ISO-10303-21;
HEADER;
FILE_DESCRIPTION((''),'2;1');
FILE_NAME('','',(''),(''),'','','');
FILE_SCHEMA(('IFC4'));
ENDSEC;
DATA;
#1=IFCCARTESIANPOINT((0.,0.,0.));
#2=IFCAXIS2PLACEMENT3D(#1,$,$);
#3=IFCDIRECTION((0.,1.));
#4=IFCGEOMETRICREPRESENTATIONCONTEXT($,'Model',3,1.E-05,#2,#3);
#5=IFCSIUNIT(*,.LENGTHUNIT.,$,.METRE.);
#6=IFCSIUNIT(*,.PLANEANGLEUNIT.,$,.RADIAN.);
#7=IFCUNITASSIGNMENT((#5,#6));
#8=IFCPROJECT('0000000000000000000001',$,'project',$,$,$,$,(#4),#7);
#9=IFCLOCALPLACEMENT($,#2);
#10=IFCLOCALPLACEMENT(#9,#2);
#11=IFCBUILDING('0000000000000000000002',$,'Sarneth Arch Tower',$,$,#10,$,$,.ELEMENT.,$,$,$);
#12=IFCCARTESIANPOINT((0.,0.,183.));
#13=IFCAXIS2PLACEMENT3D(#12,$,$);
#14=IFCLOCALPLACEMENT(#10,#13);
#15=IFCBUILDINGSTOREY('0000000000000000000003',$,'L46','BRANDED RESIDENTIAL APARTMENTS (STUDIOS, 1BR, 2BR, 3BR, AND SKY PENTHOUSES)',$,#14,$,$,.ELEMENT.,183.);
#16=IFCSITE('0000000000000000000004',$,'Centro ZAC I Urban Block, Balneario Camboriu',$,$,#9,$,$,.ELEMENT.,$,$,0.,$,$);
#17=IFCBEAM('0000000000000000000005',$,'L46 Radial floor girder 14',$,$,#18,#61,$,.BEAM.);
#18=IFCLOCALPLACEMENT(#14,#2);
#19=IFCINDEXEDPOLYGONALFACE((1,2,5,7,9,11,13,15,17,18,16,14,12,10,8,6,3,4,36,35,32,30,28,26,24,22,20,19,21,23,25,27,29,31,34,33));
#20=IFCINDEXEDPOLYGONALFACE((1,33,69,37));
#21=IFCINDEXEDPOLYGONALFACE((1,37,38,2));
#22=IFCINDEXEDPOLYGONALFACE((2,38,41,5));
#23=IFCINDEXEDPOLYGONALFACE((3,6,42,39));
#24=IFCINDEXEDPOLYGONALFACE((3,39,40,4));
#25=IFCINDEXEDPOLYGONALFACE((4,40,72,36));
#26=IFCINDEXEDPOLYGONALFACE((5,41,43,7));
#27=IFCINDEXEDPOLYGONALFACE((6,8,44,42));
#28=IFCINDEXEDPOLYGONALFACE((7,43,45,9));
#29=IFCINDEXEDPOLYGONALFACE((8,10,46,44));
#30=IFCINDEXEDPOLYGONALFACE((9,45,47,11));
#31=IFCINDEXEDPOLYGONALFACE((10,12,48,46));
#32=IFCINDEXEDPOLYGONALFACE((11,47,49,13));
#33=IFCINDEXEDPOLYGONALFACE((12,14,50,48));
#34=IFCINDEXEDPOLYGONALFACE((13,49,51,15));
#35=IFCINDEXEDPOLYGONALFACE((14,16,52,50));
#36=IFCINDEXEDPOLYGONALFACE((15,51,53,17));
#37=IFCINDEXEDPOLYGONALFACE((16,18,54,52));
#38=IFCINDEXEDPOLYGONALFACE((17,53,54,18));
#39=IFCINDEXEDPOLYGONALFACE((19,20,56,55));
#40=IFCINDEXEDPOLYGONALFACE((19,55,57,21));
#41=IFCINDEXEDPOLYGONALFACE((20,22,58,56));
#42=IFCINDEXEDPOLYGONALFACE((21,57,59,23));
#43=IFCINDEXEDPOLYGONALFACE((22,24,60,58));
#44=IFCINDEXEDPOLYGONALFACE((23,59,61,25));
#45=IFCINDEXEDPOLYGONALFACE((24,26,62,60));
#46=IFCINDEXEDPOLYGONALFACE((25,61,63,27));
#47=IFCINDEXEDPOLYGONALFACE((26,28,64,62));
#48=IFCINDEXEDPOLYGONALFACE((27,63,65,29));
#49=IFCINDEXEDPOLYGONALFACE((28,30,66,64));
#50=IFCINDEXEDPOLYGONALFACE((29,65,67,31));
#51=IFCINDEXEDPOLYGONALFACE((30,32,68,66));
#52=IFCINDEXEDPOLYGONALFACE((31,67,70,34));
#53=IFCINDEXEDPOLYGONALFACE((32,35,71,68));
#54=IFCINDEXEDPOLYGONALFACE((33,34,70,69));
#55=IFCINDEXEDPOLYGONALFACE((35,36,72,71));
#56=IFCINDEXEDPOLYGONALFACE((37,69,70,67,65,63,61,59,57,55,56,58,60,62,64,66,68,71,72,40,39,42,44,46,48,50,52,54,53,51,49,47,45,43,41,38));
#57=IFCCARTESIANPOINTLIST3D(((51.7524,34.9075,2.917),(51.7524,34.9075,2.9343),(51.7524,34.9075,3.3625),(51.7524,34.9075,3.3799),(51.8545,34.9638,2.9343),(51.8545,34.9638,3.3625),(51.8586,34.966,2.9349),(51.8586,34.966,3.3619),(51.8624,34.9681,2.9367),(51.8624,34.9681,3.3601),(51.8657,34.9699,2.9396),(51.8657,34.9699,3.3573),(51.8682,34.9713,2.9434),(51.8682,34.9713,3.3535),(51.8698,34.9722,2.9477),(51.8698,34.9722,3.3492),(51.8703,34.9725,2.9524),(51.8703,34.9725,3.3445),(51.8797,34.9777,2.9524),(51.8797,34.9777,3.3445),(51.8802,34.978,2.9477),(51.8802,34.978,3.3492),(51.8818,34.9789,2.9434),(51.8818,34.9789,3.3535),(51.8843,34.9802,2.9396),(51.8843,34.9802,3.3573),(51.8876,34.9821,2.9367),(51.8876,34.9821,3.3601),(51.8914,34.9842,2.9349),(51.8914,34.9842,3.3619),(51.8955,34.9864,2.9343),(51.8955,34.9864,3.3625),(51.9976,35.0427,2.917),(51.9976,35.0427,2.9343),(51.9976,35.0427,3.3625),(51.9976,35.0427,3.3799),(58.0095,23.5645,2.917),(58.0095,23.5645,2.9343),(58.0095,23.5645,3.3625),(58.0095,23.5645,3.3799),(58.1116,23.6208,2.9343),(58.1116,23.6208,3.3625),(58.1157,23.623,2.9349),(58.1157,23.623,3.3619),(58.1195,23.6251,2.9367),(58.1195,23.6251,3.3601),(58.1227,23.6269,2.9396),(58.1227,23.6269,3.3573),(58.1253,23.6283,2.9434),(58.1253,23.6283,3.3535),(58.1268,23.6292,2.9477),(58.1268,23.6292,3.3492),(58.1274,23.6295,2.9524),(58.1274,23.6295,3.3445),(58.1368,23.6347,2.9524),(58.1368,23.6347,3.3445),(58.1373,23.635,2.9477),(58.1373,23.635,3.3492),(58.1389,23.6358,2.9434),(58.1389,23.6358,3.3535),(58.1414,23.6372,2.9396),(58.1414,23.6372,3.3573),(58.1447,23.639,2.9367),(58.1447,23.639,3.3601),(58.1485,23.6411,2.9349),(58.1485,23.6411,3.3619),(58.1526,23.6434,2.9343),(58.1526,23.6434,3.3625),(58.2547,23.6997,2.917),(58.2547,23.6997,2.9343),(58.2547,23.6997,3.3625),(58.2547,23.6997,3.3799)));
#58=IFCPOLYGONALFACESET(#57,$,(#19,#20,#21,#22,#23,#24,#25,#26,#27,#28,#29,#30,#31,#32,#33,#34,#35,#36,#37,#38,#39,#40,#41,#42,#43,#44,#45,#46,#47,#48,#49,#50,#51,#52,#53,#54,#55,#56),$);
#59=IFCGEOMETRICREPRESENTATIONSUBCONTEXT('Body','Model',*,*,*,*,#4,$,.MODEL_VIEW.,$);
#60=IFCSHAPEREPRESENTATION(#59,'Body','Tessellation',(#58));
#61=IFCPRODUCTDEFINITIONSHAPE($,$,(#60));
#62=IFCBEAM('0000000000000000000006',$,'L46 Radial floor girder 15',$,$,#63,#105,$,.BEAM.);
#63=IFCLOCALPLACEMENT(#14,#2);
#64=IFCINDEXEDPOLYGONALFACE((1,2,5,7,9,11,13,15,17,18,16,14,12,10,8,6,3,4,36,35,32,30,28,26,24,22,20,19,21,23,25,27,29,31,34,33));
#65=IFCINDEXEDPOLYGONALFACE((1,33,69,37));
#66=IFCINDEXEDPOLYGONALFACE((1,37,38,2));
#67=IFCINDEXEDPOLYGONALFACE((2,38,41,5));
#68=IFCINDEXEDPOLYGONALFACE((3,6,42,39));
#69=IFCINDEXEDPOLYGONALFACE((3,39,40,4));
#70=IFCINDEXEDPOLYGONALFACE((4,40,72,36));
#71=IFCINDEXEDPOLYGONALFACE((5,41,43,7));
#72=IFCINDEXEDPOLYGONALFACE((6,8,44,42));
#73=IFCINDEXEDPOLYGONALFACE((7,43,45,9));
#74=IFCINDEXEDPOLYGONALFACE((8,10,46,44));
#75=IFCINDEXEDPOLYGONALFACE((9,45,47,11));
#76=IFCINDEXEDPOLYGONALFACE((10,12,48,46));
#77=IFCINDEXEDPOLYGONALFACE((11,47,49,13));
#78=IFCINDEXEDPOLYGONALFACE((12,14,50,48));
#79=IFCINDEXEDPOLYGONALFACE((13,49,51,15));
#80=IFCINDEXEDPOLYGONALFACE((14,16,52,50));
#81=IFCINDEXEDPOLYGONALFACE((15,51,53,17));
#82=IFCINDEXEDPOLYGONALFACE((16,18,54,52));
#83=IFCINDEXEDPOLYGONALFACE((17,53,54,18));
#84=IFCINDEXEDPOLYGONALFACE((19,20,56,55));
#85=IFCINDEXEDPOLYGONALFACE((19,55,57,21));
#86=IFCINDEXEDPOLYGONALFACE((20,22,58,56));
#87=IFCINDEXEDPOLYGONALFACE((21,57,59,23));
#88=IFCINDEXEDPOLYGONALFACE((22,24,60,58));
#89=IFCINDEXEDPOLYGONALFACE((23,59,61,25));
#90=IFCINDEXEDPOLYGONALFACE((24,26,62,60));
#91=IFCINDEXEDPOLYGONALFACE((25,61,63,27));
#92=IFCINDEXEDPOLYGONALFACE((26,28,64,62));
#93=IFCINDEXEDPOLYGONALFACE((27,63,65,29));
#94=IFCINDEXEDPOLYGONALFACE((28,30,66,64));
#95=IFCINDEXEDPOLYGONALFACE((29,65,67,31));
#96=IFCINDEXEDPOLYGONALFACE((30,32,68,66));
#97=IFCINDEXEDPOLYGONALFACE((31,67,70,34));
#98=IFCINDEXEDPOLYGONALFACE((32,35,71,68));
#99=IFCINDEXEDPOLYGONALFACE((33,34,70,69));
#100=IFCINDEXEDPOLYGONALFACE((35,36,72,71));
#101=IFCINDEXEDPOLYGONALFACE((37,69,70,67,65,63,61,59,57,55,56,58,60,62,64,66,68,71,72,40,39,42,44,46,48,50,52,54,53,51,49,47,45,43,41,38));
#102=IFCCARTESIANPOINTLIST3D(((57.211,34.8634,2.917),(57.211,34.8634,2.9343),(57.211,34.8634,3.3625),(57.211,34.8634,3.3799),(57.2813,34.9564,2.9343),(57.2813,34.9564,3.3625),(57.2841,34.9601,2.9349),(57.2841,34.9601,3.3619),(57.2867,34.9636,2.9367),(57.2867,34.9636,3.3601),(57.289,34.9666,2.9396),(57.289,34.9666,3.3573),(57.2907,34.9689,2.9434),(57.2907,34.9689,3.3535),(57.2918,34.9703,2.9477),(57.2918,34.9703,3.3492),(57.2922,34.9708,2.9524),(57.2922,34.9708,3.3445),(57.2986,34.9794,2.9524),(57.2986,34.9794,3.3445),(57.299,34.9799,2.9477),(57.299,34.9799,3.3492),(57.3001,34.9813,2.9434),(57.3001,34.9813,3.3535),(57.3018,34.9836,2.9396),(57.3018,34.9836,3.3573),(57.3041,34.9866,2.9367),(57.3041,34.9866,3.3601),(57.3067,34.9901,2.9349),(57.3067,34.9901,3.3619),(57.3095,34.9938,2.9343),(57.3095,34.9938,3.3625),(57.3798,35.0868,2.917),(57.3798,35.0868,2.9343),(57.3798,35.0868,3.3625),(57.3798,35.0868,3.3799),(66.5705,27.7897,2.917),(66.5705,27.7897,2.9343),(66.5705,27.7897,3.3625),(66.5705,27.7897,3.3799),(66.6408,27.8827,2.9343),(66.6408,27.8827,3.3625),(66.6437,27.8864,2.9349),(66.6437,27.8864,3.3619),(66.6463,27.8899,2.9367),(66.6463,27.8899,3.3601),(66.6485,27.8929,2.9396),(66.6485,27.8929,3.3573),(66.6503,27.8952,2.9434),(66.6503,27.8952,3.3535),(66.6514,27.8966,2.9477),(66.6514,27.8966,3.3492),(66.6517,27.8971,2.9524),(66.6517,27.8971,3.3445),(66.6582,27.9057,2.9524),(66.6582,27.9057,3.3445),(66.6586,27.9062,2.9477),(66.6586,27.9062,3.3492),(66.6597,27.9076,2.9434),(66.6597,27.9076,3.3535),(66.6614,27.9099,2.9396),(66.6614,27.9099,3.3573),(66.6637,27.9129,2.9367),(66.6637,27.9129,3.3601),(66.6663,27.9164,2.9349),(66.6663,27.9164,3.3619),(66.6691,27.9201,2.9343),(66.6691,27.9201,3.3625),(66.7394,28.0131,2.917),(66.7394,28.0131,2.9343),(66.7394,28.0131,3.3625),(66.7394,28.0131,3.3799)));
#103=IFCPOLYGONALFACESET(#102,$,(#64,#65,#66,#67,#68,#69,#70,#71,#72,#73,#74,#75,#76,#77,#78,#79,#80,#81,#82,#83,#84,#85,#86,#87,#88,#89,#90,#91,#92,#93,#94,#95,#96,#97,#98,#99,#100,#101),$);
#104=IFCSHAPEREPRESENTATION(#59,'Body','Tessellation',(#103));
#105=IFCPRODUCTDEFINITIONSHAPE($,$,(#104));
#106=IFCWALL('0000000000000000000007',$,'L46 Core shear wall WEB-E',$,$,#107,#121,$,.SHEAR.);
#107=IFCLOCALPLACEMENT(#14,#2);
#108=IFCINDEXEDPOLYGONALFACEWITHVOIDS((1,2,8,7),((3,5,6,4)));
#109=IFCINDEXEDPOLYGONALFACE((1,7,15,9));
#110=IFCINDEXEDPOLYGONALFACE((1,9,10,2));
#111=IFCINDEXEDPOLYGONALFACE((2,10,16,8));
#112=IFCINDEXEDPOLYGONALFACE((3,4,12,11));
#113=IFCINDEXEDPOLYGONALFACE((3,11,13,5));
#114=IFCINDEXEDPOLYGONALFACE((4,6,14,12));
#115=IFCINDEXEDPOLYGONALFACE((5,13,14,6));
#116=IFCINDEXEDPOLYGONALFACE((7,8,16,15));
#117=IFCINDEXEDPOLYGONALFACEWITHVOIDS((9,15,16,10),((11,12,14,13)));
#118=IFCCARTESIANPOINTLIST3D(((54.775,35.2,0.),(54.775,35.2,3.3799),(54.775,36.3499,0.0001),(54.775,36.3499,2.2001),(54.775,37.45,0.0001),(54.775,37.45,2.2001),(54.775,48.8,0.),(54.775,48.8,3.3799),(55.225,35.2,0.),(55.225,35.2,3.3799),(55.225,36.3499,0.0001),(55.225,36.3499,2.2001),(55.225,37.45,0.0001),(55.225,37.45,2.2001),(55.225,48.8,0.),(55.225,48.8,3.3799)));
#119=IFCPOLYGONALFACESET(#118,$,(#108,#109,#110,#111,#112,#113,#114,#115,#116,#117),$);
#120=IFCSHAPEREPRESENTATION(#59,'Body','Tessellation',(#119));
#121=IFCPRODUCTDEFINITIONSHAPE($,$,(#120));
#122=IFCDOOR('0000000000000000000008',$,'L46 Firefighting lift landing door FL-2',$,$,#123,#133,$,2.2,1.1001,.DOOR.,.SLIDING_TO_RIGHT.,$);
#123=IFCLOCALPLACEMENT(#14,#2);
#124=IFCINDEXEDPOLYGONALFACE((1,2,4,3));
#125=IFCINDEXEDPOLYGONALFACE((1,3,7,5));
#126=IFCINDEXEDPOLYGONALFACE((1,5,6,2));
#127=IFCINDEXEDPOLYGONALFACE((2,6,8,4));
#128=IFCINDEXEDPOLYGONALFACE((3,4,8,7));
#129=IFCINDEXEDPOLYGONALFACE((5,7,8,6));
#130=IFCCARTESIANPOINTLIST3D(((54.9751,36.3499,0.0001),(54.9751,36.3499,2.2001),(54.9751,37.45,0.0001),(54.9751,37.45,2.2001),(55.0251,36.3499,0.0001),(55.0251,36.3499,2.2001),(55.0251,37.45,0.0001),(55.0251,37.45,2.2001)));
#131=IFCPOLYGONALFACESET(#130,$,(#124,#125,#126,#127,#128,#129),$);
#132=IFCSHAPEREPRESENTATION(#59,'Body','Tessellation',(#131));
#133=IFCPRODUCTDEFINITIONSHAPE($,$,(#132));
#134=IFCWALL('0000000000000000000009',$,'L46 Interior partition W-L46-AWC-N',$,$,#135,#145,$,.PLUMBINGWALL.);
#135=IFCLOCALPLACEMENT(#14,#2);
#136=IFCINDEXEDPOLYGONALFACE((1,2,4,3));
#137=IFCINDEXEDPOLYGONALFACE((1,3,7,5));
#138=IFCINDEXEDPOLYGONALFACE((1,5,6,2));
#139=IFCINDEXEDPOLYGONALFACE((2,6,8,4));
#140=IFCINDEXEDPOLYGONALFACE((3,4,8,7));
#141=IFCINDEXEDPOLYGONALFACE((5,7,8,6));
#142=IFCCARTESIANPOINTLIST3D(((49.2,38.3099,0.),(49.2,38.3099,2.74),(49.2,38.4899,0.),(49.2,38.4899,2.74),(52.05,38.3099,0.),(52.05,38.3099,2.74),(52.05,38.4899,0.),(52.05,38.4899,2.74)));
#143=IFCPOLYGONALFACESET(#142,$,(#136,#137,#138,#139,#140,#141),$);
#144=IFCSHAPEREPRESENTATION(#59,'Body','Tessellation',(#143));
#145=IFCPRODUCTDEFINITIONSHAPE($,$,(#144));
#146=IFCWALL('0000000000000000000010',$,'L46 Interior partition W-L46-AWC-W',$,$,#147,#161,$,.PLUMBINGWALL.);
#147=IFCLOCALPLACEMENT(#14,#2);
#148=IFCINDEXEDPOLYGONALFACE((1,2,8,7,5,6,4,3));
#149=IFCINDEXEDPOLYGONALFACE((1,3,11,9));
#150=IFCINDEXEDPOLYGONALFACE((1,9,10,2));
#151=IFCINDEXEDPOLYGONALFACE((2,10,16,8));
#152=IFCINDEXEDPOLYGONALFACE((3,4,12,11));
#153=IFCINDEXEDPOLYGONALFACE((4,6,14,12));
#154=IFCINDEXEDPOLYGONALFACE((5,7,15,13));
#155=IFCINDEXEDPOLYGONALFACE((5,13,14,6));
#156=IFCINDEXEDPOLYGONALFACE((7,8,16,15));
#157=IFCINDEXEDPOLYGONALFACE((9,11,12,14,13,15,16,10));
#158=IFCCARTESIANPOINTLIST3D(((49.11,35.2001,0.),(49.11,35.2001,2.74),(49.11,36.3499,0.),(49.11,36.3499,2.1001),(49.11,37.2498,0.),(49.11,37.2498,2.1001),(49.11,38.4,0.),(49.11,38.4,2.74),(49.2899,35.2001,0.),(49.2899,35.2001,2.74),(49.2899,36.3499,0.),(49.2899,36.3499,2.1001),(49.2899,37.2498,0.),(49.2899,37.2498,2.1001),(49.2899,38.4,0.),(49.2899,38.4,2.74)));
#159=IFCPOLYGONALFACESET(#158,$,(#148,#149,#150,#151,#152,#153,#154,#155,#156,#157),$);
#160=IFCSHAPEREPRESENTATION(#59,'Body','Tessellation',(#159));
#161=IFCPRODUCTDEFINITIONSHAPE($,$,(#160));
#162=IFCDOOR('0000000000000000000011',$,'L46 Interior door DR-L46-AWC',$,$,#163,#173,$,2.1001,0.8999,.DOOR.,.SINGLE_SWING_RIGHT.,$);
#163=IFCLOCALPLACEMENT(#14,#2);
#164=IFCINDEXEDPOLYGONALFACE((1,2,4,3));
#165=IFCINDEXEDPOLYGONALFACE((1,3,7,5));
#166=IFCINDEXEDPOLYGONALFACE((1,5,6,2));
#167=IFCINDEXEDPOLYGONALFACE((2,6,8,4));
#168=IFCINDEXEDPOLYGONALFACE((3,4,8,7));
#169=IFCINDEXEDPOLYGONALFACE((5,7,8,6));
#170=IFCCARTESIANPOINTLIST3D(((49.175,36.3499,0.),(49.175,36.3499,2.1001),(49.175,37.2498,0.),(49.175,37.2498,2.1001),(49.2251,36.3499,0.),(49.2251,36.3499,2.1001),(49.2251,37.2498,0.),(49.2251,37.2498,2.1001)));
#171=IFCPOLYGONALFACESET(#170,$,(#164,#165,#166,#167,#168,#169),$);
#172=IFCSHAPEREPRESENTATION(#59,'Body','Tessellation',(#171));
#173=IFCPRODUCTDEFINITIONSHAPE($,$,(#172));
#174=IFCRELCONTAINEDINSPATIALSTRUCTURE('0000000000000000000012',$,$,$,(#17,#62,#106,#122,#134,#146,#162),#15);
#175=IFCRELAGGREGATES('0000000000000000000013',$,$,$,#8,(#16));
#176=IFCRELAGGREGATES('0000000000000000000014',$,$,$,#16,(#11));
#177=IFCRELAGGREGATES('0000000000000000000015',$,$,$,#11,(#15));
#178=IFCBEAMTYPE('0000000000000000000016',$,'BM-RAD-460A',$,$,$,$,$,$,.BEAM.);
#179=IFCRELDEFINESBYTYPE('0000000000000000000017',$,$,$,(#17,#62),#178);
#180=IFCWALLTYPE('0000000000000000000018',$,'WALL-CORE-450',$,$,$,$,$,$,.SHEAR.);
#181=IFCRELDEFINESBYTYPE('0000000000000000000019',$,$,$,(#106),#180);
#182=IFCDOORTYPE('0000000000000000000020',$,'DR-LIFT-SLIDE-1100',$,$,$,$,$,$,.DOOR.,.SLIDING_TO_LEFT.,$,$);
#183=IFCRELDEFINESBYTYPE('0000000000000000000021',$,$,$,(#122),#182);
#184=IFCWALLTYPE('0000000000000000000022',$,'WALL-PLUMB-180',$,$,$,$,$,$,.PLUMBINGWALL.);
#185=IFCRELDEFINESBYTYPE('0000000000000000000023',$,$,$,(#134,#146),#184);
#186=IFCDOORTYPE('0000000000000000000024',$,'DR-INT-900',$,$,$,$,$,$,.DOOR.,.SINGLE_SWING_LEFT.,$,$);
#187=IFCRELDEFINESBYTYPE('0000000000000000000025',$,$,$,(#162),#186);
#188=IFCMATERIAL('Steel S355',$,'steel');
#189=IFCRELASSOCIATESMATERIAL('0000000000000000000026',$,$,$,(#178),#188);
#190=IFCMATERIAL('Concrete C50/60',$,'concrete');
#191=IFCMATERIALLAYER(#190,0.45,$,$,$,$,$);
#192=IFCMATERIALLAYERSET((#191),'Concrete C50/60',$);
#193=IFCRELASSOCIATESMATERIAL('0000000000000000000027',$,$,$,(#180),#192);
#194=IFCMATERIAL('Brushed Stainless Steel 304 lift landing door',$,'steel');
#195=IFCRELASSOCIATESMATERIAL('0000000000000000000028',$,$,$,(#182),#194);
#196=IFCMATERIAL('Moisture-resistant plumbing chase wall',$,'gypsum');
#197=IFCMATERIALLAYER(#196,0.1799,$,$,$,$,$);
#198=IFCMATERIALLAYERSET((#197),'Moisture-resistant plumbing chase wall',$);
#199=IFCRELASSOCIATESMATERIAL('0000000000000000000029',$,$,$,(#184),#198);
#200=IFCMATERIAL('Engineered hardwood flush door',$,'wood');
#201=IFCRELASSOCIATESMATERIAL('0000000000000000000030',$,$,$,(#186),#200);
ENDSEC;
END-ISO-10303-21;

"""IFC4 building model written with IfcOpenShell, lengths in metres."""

from ifc_helpers import new_model, si_unit, direction, frame, frame_2d, origin, origin_2d, place, context, subcontext, project, spatial, rectangle, i_section, extrude, material, layer, layer_set, material_profile, profile_set, type_object, element, fill, save


model = new_model("IFC4")

# Units and contexts
model_context = context("Model", 3, precision=1e-05, world=origin(), true_north=direction((0.0, 1.0)))
body_context = subcontext(model_context, "Body", "Model", "MODEL_VIEW")
ifc_project = project(units=[si_unit("LENGTHUNIT", "METRE"), si_unit("PLANEANGLEUNIT", "RADIAN")], contexts=[model_context])

# Site, building, storey
site_placement = place(None, origin())
site = spatial("IfcSite", under=ifc_project, at=site_placement, Name="Centro ZAC I Urban Block, Balneario Camboriu", CompositionType="ELEMENT", RefElevation=0.0)
building_placement = place(site_placement, origin())
building = spatial("IfcBuilding", under=site, at=building_placement, Name="Sarneth Arch Tower", CompositionType="ELEMENT")
storey_placement = place(building_placement, frame((0.0, 0.0, 183.0)))
storey = spatial("IfcBuildingStorey", under=building, at=storey_placement, Name="L46", Description="BRANDED RESIDENTIAL APARTMENTS (STUDIOS, 1BR, 2BR, 3BR, AND SKY PENTHOUSES)", CompositionType="ELEMENT", Elevation=183.0)

# Beams
ifc_material_1 = material(Name="Steel S355", Category="steel")
ifc_material_profile_1 = material_profile(ifc_material_1, i_section(OverallWidth=0.28, OverallDepth=0.4629, WebThickness=0.0107, FlangeThickness=0.0173, FilletRadius=0.0181, at=origin_2d()), Name="W460x113")
ifc_profile_set_1 = profile_set([ifc_material_profile_1], Name="Steel S355")
beam_type_1 = type_object("IfcBeamType", Name="BM-RAD-460A", PredefinedType="BEAM", material=ifc_profile_set_1)
beam_1_placement = place(storey_placement, frame((51.875, 34.9751, 3.1484), z_axis=(0.48301, -0.875615, 0.0), x_axis=(0.875615, 0.48301, 0.0)))
element("IfcBeam", 1, at=beam_1_placement, inside=storey, type_object=beam_type_1, Name="L46 Radial floor girder 14", PredefinedType="BEAM", context=body_context, shape_type="SweptSolid", body=[
    extrude(i_section(OverallWidth=0.28, OverallDepth=0.4629, WebThickness=0.0107, FlangeThickness=0.0173, FilletRadius=0.0181, at=origin_2d()), origin(), (0.0, 0.0, 1.0), 12.9543),
])
beam_2_placement = place(storey_placement, frame((57.2954, 34.9751, 3.1484), z_axis=(0.797785, -0.602943, 0.0), x_axis=(0.602943, 0.797785, 0.0)))
element("IfcBeam", 2, at=beam_2_placement, inside=storey, type_object=beam_type_1, Name="L46 Radial floor girder 15", PredefinedType="BEAM", context=body_context, shape_type="SweptSolid", body=[
    extrude(i_section(OverallWidth=0.28, OverallDepth=0.4629, WebThickness=0.0107, FlangeThickness=0.0173, FilletRadius=0.0181, at=origin_2d()), origin(), (0.0, 0.0, 1.0), 11.7319),
])

# Wall, opening, door
ifc_material_2 = material(Name="Concrete C50/60", Category="concrete")
ifc_layer_1 = layer(ifc_material_2, 0.45)
ifc_layer_set_1 = layer_set([ifc_layer_1], Name="Concrete C50/60")
wall_type_1 = type_object("IfcWallType", Name="WALL-CORE-450", PredefinedType="SHEAR", material=ifc_layer_set_1)
wall_1_placement = place(storey_placement, frame((55.0, 35.2, 0.0), z_axis=(0.0, 0.0, 1.0), x_axis=(0.0, 1.0, 0.0)))
wall_1 = element("IfcWall", 3, at=wall_1_placement, inside=storey, type_object=wall_type_1, Name="L46 Core shear wall WEB-E", PredefinedType="SHEAR", context=body_context, shape_type="SweptSolid", body=[
    extrude(rectangle(XDim=13.6001, YDim=0.45, at=frame_2d((6.8, 0.0))), origin(), (0.0, 0.0, 1.0), 3.3799),
])
opening_1_placement = place(wall_1_placement, frame((1.1499, 0.0, 0.0)))
opening_1 = element("IfcOpeningElement", 4, at=opening_1_placement, cuts=wall_1, PredefinedType="OPENING", context=body_context, shape_type="SweptSolid", body=[
    extrude(rectangle(XDim=1.1001, YDim=2.2, at=frame_2d((0.55, 1.1001))), frame((0.0, 0.2349, 0.0), z_axis=(0.0, -1.0, 0.0), x_axis=(1.0, 0.0, 0.0)), (0.0, 0.0, 1.0), 0.47),
])
ifc_material_3 = material(Name="Brushed Stainless Steel 304 lift landing door", Category="steel")
door_type_1 = type_object("IfcDoorType", Name="DR-LIFT-SLIDE-1100", OperationType="SLIDING_TO_LEFT", PredefinedType="DOOR", material=ifc_material_3)
door_1_placement = place(opening_1_placement, origin())
door_1 = element("IfcDoor", 5, at=door_1_placement, inside=storey, type_object=door_type_1, Name="L46 Firefighting lift landing door FL-2", OperationType="SLIDING_TO_RIGHT", OverallHeight=2.2, OverallWidth=1.1001, PredefinedType="DOOR", context=body_context, shape_type="SweptSolid", body=[
    extrude(rectangle(XDim=1.1001, YDim=2.2, at=frame_2d((0.55, 1.1001))), frame((0.0, 0.0249, 0.0), z_axis=(0.0, -1.0, 0.0), x_axis=(1.0, 0.0, 0.0)), (0.0, 0.0, 1.0), 0.05),
])
fill(opening_1, door_1)

# Wall
ifc_material_4 = material(Name="Moisture-resistant plumbing chase wall", Category="gypsum")
ifc_layer_2 = layer(ifc_material_4, 0.1799)
ifc_layer_set_2 = layer_set([ifc_layer_2], Name="Moisture-resistant plumbing chase wall")
wall_type_2 = type_object("IfcWallType", Name="WALL-PLUMB-180", PredefinedType="PLUMBINGWALL", material=ifc_layer_set_2)
wall_2_placement = place(storey_placement, frame((49.2, 38.3999, 0.0), z_axis=(0.0, 0.0, 1.0), x_axis=(1.0, 0.0, 0.0)))
element("IfcWall", 6, at=wall_2_placement, inside=storey, type_object=wall_type_2, Name="L46 Interior partition W-L46-AWC-N", PredefinedType="PLUMBINGWALL", context=body_context, shape_type="SweptSolid", body=[
    extrude(rectangle(XDim=2.8501, YDim=0.1799, at=frame_2d((1.425, 0.0))), origin(), (0.0, 0.0, 1.0), 2.74),
])

# Wall, opening, door
wall_3_placement = place(storey_placement, frame((49.2, 35.2, 0.0), z_axis=(0.0, 0.0, 1.0), x_axis=(0.0, 1.0, 0.0)))
wall_3 = element("IfcWall", 7, at=wall_3_placement, inside=storey, type_object=wall_type_2, Name="L46 Interior partition W-L46-AWC-W", PredefinedType="PLUMBINGWALL", context=body_context, shape_type="SweptSolid", body=[
    extrude(rectangle(XDim=3.2, YDim=0.1799, at=frame_2d((1.6001, 0.0))), origin(), (0.0, 0.0, 1.0), 2.74),
])
opening_2_placement = place(wall_3_placement, frame((1.1499, 0.0, 0.0)))
opening_2 = element("IfcOpeningElement", 8, at=opening_2_placement, cuts=wall_3, PredefinedType="OPENING", context=body_context, shape_type="SweptSolid", body=[
    extrude(rectangle(XDim=0.8999, YDim=2.1001, at=frame_2d((0.45, 1.05))), frame((0.0, 0.0999, 0.0), z_axis=(0.0, -1.0, 0.0), x_axis=(1.0, 0.0, 0.0)), (0.0, 0.0, 1.0), 0.2),
])
ifc_material_5 = material(Name="Engineered hardwood flush door", Category="wood")
door_type_2 = type_object("IfcDoorType", Name="DR-INT-900", OperationType="SINGLE_SWING_LEFT", PredefinedType="DOOR", material=ifc_material_5)
door_2_placement = place(opening_2_placement, origin())
door_2 = element("IfcDoor", 9, at=door_2_placement, inside=storey, type_object=door_type_2, Name="L46 Interior door DR-L46-AWC", OperationType="SINGLE_SWING_RIGHT", OverallHeight=2.1001, OverallWidth=0.8999, PredefinedType="DOOR", context=body_context, shape_type="SweptSolid", body=[
    extrude(rectangle(XDim=0.8999, YDim=2.1001, at=frame_2d((0.45, 1.05))), frame((0.0, 0.0249, 0.0), z_axis=(0.0, -1.0, 0.0), x_axis=(1.0, 0.0, 0.0)), (0.0, 0.0, 1.0), 0.05),
])
fill(opening_2, door_2)

save(model, "model.ifc")
